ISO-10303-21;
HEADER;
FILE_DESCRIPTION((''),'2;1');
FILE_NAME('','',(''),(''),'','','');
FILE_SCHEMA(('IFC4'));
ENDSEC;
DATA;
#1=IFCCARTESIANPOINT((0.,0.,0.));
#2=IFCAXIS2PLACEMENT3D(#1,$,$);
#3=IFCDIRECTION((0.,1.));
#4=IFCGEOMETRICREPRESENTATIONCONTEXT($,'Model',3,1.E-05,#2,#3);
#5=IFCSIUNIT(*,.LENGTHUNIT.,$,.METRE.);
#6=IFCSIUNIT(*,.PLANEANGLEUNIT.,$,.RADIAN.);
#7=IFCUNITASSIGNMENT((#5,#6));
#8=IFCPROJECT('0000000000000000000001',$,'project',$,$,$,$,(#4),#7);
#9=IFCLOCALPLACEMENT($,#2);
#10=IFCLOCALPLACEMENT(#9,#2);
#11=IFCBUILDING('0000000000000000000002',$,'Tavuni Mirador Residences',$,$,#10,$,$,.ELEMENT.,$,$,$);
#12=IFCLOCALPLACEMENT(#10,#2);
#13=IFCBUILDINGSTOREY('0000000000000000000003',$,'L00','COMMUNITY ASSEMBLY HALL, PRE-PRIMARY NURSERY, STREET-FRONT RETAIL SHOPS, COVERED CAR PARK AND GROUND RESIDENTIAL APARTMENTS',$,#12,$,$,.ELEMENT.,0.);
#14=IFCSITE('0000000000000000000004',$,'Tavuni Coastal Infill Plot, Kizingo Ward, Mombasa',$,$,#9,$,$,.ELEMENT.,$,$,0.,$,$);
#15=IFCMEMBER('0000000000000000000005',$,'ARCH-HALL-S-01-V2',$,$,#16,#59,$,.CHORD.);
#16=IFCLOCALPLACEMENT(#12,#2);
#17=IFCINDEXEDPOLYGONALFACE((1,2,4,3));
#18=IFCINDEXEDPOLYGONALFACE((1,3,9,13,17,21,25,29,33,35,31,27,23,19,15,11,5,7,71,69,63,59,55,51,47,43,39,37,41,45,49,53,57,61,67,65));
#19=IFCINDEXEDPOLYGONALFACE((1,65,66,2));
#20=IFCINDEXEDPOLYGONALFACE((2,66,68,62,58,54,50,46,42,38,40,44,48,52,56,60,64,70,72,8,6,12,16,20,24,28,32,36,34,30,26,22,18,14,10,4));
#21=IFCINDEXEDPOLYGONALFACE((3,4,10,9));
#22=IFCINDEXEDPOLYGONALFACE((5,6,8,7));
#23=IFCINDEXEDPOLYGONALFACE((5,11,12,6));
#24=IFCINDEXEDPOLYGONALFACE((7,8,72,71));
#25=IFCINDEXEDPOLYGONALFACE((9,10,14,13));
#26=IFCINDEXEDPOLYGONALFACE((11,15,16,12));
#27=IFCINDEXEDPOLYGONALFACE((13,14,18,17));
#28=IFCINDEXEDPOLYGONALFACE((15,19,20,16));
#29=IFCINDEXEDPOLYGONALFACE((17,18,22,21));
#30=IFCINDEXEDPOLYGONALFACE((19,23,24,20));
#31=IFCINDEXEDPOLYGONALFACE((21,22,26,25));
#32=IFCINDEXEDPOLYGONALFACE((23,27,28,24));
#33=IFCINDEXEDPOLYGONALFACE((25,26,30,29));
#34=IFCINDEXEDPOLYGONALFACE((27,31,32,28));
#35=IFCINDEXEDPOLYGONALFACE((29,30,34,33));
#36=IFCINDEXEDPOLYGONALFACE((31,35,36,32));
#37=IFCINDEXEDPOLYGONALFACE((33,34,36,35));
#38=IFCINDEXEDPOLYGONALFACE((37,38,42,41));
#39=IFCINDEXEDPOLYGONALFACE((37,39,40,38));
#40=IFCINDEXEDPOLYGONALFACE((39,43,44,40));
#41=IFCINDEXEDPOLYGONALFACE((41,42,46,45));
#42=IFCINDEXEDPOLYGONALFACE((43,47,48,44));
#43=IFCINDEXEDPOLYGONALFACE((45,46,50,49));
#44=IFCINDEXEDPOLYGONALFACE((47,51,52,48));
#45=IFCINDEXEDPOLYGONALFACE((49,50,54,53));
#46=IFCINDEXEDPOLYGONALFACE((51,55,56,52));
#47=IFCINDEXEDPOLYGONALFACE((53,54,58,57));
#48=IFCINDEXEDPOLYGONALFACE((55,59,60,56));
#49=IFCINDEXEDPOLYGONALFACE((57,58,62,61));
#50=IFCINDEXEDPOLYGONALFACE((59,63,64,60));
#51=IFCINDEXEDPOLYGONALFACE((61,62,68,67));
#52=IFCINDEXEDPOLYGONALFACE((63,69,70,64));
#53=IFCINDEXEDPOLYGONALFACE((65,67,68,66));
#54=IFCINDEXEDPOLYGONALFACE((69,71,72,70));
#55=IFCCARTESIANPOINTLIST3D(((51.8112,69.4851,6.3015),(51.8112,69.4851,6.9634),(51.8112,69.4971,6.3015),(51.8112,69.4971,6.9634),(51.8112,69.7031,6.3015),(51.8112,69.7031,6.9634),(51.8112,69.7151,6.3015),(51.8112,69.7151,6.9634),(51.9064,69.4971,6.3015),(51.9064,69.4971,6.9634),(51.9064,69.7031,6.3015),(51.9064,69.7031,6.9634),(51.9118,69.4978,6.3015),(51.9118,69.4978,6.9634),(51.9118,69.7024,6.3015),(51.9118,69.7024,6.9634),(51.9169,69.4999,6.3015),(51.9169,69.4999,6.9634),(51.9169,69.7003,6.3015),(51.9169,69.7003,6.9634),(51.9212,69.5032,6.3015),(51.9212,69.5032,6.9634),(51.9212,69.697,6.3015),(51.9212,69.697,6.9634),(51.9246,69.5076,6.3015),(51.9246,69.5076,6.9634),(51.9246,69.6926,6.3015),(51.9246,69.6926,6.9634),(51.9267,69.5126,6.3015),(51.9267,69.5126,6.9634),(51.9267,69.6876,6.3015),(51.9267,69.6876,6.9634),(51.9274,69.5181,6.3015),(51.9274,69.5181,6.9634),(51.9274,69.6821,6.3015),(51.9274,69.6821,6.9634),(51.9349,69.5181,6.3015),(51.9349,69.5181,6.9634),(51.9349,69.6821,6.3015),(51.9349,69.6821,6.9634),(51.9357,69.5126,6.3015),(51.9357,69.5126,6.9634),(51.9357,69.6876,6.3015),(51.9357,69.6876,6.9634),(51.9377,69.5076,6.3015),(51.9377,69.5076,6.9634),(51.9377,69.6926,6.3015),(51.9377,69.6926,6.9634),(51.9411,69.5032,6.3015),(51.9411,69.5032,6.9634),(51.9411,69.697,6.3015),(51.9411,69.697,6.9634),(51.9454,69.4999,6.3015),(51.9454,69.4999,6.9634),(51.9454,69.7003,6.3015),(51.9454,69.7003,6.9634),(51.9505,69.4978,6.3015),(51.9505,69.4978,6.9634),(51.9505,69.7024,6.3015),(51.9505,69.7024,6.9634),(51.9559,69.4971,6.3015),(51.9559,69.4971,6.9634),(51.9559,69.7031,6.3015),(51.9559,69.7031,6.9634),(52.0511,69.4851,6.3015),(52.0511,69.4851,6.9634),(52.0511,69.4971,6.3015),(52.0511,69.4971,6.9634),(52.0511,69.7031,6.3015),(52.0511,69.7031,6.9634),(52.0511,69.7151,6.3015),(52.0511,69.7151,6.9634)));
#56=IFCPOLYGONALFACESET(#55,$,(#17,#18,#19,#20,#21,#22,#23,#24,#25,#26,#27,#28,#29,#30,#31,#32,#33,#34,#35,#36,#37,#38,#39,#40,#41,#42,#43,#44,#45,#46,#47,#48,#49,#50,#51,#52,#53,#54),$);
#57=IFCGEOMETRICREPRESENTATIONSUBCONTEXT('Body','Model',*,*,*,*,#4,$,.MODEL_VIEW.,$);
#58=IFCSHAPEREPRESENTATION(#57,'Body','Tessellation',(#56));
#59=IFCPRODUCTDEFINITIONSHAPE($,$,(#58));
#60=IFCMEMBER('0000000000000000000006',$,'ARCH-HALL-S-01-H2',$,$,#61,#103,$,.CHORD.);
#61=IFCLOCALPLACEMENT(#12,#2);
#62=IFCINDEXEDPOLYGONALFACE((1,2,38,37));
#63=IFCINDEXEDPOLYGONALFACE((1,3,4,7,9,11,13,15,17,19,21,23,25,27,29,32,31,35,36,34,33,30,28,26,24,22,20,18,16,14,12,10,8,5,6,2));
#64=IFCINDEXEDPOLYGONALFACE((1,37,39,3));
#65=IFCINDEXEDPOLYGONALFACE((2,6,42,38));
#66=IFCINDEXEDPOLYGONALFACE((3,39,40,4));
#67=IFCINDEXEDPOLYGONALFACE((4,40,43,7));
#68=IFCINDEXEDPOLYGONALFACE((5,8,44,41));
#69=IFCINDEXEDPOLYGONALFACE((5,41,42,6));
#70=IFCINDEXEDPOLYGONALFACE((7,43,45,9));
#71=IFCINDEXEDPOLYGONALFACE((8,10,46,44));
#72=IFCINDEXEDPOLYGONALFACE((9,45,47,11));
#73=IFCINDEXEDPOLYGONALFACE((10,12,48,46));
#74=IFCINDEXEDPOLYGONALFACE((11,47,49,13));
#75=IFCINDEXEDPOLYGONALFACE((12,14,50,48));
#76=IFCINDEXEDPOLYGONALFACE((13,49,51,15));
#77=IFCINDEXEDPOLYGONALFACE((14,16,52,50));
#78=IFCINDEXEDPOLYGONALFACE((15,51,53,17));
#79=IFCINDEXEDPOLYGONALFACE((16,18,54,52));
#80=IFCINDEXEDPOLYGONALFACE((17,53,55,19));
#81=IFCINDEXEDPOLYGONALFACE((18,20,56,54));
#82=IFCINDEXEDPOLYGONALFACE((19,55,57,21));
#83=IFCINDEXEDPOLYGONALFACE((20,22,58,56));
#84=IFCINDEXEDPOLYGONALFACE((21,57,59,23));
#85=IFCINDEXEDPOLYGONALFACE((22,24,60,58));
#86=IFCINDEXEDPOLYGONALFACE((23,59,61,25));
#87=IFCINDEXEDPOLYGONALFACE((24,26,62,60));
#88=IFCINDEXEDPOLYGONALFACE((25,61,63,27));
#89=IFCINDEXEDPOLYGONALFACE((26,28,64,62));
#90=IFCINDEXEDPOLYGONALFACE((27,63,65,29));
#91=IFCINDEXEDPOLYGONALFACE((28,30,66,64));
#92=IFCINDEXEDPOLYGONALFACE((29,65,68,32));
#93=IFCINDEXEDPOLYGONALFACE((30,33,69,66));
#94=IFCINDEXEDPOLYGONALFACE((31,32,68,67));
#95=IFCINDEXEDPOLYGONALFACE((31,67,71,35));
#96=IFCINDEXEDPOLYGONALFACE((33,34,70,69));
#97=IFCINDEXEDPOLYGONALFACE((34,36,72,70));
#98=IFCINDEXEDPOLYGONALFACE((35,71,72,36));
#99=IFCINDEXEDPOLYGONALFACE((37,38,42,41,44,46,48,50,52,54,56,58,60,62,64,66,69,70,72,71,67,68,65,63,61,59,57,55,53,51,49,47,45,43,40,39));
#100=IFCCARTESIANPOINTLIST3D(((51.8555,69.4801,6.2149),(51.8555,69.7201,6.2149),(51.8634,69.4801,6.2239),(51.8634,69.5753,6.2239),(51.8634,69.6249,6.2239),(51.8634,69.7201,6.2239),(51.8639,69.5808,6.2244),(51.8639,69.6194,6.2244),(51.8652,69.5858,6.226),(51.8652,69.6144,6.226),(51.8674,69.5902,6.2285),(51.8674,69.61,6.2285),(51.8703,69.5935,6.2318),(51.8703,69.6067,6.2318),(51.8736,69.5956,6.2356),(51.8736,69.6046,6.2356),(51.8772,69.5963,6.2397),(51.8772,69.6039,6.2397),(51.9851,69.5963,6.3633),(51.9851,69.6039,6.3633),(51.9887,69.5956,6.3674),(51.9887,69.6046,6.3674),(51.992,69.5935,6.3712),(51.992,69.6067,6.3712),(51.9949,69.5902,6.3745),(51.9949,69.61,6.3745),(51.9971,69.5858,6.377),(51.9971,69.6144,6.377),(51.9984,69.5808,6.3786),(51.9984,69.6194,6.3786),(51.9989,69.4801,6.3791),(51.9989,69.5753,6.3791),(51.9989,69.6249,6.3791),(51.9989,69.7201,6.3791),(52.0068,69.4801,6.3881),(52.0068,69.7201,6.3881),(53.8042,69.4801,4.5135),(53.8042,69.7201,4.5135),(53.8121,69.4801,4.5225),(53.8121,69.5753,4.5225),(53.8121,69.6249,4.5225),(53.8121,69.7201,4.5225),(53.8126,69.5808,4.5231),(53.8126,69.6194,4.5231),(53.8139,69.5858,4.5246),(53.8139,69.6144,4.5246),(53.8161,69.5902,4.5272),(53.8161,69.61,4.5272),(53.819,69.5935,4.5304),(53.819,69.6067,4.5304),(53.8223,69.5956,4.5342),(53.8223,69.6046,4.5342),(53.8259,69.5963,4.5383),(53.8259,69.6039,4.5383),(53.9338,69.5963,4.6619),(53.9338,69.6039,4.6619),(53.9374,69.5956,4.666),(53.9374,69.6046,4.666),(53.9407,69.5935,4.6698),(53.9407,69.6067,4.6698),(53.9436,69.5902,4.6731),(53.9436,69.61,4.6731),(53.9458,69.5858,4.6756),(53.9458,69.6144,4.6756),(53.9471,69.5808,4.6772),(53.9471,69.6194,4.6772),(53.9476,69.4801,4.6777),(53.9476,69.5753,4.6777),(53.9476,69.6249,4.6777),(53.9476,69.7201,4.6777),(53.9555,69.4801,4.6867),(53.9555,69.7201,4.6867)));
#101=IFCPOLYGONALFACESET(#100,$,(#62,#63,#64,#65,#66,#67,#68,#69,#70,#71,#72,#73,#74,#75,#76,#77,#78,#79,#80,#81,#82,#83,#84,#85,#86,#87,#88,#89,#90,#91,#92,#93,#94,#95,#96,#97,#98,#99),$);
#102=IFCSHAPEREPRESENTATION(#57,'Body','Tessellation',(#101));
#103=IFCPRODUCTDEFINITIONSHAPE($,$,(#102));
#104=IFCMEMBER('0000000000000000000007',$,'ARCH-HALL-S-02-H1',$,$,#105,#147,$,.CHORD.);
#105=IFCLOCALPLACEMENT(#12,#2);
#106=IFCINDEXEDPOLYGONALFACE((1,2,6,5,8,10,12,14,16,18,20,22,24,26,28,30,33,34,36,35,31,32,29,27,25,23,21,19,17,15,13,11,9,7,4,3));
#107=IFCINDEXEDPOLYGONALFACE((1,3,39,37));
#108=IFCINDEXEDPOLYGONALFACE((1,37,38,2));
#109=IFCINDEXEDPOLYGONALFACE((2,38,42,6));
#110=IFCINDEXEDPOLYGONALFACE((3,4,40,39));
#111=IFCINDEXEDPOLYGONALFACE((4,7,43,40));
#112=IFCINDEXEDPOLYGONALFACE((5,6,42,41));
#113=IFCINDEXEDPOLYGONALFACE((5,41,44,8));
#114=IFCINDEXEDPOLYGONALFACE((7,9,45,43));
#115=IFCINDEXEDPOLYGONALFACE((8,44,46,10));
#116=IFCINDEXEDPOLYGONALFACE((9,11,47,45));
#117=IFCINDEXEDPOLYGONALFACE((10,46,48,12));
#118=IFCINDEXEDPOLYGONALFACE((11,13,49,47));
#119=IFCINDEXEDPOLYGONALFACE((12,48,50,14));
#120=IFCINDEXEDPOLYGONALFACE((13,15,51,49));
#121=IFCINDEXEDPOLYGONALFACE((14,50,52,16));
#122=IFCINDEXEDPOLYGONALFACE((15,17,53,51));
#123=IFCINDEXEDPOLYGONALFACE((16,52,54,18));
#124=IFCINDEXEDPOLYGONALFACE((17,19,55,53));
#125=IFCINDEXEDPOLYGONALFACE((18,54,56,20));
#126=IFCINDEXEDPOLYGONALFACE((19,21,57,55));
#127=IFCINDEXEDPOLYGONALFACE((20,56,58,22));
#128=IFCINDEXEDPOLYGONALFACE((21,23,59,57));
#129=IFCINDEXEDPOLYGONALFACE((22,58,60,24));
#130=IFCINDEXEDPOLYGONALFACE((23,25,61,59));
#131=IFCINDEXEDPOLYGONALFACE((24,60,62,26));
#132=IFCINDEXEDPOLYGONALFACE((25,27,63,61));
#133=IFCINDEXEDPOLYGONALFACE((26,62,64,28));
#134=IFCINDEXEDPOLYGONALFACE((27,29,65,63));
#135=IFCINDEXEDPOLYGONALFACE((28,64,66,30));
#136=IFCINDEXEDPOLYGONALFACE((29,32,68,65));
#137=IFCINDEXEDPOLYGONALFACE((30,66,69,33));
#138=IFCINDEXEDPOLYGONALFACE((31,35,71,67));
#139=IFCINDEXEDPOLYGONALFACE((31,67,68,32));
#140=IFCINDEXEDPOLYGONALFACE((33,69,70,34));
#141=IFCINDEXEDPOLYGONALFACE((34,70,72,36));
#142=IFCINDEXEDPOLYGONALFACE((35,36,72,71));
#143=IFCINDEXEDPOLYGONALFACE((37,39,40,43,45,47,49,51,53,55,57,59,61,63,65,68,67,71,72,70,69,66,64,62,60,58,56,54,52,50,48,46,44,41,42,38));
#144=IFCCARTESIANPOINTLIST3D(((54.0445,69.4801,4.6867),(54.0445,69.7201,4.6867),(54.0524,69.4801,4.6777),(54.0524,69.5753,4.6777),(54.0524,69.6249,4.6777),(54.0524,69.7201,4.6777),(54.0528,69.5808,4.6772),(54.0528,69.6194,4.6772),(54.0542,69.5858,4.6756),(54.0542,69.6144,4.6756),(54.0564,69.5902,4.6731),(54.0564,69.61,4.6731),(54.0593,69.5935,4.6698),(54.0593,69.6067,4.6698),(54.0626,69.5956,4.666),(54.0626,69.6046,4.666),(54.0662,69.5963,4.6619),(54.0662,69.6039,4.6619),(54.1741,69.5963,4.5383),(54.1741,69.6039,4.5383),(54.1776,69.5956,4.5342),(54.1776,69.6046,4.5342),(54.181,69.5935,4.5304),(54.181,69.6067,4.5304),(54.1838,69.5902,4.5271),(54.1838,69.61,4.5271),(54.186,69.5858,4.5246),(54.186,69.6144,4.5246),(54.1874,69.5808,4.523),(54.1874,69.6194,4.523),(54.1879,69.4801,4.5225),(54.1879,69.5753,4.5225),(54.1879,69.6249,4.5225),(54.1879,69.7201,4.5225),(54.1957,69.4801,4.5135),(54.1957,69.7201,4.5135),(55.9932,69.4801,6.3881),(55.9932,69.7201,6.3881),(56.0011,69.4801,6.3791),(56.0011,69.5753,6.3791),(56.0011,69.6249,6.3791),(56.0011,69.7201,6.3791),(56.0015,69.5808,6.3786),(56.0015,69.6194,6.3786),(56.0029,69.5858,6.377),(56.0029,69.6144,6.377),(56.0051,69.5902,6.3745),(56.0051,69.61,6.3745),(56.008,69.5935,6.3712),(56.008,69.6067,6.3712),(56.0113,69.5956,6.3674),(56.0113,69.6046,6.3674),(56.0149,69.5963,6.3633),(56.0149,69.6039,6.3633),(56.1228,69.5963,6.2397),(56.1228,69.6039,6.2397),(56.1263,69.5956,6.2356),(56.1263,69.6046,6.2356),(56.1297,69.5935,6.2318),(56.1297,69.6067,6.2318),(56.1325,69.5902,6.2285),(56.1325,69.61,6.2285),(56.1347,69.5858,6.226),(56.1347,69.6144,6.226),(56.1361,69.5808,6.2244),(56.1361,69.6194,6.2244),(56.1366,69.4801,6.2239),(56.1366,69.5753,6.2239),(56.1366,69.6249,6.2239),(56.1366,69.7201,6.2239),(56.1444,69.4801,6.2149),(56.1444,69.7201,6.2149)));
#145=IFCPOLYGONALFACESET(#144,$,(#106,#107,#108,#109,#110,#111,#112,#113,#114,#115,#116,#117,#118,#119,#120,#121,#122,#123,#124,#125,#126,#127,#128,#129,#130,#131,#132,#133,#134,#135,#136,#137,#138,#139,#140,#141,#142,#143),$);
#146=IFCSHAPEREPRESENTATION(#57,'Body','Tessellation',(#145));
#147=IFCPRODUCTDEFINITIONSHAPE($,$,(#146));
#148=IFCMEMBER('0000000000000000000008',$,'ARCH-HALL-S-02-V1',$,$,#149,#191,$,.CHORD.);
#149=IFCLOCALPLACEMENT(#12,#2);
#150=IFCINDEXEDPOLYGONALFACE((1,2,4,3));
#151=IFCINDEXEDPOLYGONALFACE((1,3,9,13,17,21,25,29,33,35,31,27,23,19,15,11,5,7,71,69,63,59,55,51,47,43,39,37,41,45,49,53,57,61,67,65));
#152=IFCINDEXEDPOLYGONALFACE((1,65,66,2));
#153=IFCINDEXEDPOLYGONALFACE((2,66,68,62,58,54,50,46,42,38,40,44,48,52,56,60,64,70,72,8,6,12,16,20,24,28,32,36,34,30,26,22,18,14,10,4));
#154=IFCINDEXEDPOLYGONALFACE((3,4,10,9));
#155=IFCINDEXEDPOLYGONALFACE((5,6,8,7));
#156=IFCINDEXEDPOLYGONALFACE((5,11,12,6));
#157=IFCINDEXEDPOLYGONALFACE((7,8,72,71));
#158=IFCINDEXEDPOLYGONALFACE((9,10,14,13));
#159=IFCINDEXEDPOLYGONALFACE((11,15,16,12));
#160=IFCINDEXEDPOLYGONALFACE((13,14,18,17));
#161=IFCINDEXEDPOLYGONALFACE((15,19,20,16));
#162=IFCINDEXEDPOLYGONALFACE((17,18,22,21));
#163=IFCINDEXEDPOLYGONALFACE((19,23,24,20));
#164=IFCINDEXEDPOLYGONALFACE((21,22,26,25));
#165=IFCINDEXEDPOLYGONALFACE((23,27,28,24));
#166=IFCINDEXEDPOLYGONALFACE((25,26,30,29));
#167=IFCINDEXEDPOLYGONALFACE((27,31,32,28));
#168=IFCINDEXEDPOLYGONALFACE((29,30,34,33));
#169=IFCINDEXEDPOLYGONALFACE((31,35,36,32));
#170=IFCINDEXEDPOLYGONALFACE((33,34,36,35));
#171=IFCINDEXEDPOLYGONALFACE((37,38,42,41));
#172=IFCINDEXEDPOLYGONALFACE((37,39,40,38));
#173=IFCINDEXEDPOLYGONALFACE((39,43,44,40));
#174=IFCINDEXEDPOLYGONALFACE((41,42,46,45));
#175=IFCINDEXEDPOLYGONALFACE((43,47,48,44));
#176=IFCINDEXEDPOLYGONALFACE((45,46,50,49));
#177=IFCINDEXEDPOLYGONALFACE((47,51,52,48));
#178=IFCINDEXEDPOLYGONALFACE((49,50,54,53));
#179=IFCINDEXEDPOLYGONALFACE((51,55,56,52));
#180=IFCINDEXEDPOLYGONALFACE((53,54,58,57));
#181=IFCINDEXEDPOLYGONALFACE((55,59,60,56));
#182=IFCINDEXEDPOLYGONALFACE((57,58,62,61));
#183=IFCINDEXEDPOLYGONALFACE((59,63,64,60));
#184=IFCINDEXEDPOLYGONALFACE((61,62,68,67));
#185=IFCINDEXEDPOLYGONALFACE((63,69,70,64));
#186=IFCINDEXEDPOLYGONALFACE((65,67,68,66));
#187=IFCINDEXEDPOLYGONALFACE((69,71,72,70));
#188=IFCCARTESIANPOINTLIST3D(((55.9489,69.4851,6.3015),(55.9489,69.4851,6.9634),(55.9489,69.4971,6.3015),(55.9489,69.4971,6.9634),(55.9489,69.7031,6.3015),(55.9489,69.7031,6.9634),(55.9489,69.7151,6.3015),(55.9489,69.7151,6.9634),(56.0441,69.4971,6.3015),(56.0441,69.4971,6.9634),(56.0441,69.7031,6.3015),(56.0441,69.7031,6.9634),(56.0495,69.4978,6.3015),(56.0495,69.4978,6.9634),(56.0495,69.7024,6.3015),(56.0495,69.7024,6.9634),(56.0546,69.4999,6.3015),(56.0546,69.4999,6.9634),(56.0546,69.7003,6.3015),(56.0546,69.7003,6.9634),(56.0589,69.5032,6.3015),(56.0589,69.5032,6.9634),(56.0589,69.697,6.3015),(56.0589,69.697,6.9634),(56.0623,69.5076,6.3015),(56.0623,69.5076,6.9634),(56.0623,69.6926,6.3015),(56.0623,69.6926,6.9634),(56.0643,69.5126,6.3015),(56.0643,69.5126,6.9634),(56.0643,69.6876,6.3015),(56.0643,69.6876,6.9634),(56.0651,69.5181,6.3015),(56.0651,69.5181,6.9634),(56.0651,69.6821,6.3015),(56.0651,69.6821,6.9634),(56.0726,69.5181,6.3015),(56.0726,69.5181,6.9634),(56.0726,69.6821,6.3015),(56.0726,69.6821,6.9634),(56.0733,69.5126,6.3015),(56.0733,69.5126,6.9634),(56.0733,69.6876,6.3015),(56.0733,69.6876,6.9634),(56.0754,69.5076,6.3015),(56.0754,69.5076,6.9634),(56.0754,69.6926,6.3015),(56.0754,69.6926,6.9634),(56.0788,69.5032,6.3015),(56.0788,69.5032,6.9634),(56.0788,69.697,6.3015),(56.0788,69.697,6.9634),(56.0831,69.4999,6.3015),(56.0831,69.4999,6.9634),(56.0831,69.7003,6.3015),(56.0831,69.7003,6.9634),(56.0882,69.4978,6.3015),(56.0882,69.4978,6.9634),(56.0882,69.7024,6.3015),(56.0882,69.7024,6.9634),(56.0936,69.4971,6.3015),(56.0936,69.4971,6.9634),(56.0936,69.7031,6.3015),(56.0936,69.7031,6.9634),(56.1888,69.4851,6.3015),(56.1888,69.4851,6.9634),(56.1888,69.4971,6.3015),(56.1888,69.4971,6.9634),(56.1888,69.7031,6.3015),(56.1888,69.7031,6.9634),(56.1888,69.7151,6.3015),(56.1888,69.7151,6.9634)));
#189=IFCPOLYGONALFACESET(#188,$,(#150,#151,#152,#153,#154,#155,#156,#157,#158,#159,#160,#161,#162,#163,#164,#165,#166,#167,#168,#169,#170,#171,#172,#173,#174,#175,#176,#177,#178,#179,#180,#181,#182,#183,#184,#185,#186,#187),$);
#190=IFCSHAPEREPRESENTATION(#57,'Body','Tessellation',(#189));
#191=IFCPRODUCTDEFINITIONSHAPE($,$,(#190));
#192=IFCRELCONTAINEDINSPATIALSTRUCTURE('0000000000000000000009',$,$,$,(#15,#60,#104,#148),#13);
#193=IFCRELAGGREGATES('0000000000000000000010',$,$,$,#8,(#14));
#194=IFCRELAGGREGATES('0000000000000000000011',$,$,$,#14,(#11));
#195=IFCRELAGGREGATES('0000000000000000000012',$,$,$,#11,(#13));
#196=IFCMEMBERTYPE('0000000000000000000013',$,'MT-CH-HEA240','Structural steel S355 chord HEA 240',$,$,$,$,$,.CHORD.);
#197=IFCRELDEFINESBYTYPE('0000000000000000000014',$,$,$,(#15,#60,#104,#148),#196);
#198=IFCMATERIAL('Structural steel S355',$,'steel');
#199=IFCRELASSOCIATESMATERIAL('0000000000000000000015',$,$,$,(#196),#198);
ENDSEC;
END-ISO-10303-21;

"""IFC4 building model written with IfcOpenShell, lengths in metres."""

from ifc_helpers import new_model, si_unit, direction, frame, origin, origin_2d, place, context, subcontext, project, spatial, i_section, extrude, material, material_profile, profile_set, type_object, element, save


model = new_model("IFC4")

# Units and contexts
model_context = context("Model", 3, precision=1e-05, world=origin(), true_north=direction((0.0, 1.0)))
body_context = subcontext(model_context, "Body", "Model", "MODEL_VIEW")
ifc_project = project(units=[si_unit("LENGTHUNIT", "METRE"), si_unit("PLANEANGLEUNIT", "RADIAN")], contexts=[model_context])

# Site, building, storey
site_placement = place(None, origin())
site = spatial("IfcSite", under=ifc_project, at=site_placement, Name="Tavuni Coastal Infill Plot, Kizingo Ward, Mombasa", CompositionType="ELEMENT", RefElevation=0.0)
building_placement = place(site_placement, origin())
building = spatial("IfcBuilding", under=site, at=building_placement, Name="Tavuni Mirador Residences", CompositionType="ELEMENT")
storey_placement = place(building_placement, origin())
storey = spatial("IfcBuildingStorey", under=building, at=storey_placement, Name="L00", Description="COMMUNITY ASSEMBLY HALL, PRE-PRIMARY NURSERY, STREET-FRONT RETAIL SHOPS, COVERED CAR PARK AND GROUND RESIDENTIAL APARTMENTS", CompositionType="ELEMENT", Elevation=0.0)

# Shared definitions
ifc_material = material(Name="Structural steel S355", Category="steel")

# Members
ifc_material_profile_1 = material_profile(ifc_material, i_section(OverallWidth=0.24, OverallDepth=0.23, WebThickness=0.0076, FlangeThickness=0.012, FilletRadius=0.021, at=origin_2d()), Name="HEA 240", Category="steel")
ifc_profile_set_1 = profile_set([ifc_material_profile_1], Name="Structural steel S355")
member_type = type_object("IfcMemberType", Name="MT-CH-HEA240", Description="Structural steel S355 chord HEA 240", PredefinedType="CHORD", material=ifc_profile_set_1)
member_1_placement = place(storey_placement, frame((51.9312, 69.6001, 6.3015), z_axis=(0.0, 0.0, 1.0), x_axis=(1.0, 0.0, 0.0)))
element("IfcMember", 1, at=member_1_placement, inside=storey, type_object=member_type, Name="ARCH-HALL-S-01-V2", PredefinedType="CHORD", context=body_context, shape_type="SweptSolid", body=[
    extrude(i_section(OverallWidth=0.24, OverallDepth=0.23, WebThickness=0.0076, FlangeThickness=0.012, FilletRadius=0.021, at=origin_2d()), origin(), (0.0, 0.0, 1.0), 0.6619),
])
for number, where, z_axis, x_axis, name in (
    (2, (51.9312, 69.6001, 6.3015), (0.753289, 0.0, -0.657689), (0.0, 1.0, 0.0), "ARCH-HALL-S-01-H2"),
    (3, (54.1201, 69.6001, 4.6001), (0.753289, 0.0, 0.657689), (0.0, 1.0, 0.0), "ARCH-HALL-S-02-H1"),
):
    element("IfcMember", number, at=place(storey_placement, frame(where, z_axis=z_axis, x_axis=x_axis)), inside=storey, type_object=member_type, Name=name, PredefinedType="CHORD", context=body_context, shape_type="SweptSolid", body=[
        extrude(i_section(OverallWidth=0.24, OverallDepth=0.23, WebThickness=0.0076, FlangeThickness=0.012, FilletRadius=0.021, at=origin_2d()), origin(), (0.0, 0.0, 1.0), 2.5869),
    ])
member_2_placement = place(storey_placement, frame((56.0688, 69.6001, 6.3015), z_axis=(0.0, 0.0, 1.0), x_axis=(1.0, 0.0, 0.0)))
element("IfcMember", 4, at=member_2_placement, inside=storey, type_object=member_type, Name="ARCH-HALL-S-02-V1", PredefinedType="CHORD", context=body_context, shape_type="SweptSolid", body=[
    extrude(i_section(OverallWidth=0.24, OverallDepth=0.23, WebThickness=0.0076, FlangeThickness=0.012, FilletRadius=0.021, at=origin_2d()), origin(), (0.0, 0.0, 1.0), 0.6619),
])

save(model, "model.ifc")
